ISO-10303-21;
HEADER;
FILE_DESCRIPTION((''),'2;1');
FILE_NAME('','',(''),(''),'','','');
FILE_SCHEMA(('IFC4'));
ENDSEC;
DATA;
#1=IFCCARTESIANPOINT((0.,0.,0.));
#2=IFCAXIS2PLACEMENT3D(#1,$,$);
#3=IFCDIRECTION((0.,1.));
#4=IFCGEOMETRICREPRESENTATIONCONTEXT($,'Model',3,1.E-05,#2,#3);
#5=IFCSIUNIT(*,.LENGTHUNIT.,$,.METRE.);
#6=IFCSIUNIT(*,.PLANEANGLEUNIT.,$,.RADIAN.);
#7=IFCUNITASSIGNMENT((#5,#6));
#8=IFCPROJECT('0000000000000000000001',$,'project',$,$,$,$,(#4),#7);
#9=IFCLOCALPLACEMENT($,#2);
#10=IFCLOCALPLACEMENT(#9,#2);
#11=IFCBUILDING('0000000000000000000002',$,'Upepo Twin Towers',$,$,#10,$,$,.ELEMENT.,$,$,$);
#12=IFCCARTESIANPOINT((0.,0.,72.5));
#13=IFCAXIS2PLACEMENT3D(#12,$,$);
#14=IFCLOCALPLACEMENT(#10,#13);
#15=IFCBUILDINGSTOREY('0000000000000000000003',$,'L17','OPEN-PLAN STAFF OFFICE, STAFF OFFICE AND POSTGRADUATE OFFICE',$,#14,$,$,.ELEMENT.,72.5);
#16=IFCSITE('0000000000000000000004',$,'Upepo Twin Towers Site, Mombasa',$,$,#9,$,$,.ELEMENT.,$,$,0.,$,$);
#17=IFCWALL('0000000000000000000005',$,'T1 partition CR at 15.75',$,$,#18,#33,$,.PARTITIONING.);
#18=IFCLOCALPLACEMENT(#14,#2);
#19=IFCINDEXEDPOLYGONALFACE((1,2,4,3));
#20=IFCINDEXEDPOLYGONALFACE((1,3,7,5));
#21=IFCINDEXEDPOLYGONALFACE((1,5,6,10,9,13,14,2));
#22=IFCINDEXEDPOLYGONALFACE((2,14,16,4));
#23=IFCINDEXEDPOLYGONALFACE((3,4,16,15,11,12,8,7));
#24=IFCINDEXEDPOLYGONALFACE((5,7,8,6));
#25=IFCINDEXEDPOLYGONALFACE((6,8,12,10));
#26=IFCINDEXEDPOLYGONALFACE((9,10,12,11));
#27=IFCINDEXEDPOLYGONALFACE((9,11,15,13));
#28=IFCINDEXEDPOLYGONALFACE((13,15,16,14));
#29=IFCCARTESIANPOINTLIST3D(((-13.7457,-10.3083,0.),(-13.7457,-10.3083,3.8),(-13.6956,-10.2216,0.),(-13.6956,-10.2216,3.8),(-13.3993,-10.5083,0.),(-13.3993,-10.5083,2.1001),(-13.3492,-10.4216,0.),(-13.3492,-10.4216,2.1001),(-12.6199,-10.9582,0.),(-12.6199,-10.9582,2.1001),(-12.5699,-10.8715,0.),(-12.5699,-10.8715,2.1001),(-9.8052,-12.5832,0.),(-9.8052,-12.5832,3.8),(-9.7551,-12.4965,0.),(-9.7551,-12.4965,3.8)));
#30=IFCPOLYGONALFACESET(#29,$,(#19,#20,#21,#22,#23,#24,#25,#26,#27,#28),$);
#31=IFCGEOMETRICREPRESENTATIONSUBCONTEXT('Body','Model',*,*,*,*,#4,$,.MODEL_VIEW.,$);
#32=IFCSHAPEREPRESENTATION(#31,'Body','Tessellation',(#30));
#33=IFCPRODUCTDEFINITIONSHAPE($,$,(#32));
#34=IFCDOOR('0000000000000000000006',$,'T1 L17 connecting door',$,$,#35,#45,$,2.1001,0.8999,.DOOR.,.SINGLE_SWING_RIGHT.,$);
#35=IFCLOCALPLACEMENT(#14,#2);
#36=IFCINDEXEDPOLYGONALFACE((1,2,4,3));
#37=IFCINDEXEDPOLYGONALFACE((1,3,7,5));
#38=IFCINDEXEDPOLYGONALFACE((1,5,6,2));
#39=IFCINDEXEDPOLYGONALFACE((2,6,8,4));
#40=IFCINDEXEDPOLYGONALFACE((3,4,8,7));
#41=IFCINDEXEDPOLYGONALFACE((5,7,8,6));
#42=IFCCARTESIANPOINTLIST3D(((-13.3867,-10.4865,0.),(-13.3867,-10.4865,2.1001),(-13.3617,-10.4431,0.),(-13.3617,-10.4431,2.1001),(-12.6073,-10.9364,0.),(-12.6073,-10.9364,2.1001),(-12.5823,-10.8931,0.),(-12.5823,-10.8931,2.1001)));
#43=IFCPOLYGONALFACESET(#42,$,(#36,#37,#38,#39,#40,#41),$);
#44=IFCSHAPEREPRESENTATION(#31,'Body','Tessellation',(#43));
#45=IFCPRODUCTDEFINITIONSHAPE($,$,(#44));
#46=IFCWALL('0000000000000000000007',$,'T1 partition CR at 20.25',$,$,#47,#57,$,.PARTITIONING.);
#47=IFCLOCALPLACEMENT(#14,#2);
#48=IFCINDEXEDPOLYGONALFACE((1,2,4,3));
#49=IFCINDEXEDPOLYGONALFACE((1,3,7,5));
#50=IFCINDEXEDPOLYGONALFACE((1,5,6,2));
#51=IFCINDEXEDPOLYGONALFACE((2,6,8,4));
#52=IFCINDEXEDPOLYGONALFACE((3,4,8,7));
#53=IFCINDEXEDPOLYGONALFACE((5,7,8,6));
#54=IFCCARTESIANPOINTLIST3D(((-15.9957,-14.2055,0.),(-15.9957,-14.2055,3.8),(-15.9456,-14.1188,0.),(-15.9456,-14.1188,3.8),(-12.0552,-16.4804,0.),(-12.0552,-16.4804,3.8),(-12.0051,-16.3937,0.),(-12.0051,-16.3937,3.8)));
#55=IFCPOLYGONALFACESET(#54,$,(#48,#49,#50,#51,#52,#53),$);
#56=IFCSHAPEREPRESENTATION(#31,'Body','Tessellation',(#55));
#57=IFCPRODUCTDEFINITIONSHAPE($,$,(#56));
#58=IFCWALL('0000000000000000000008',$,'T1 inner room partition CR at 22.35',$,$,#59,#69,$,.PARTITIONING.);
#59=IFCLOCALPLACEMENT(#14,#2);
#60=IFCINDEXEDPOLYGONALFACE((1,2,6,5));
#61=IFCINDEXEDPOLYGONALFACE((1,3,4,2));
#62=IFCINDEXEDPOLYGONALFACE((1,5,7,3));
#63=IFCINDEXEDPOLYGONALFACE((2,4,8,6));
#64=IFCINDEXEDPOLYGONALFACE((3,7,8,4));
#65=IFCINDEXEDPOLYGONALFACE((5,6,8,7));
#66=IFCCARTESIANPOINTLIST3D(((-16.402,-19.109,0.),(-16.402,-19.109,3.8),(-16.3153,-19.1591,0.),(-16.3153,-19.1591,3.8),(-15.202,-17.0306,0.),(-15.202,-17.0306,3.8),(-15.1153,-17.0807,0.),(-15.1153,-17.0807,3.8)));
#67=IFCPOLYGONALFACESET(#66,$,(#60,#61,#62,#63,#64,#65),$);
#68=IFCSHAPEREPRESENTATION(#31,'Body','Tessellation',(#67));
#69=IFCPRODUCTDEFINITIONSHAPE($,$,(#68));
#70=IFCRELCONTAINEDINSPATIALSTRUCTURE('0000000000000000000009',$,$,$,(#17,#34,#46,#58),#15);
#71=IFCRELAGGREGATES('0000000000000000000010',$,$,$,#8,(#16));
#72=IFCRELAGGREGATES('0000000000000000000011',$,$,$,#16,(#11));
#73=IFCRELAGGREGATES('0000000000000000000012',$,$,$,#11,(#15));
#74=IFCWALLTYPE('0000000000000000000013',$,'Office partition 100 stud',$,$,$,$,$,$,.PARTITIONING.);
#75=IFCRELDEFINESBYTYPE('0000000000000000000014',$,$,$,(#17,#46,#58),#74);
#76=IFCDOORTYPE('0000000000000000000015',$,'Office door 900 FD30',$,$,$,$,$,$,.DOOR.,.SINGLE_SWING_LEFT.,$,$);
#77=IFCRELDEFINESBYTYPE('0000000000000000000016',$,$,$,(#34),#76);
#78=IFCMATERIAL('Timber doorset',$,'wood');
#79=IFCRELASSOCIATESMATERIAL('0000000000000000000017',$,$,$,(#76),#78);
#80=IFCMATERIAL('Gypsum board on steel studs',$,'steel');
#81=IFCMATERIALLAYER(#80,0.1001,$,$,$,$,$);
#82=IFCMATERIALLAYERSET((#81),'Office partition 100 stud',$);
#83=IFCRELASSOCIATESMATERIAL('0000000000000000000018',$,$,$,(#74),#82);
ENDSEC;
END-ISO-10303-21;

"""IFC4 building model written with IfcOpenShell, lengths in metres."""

from ifc_helpers import new_model, si_unit, direction, frame, frame_2d, origin, place, context, subcontext, project, spatial, rectangle, extrude, material, layer, layer_set, type_object, element, fill, save


model = new_model("IFC4")

# Units and contexts
model_context = context("Model", 3, precision=1e-05, world=origin(), true_north=direction((0.0, 1.0)))
body_context = subcontext(model_context, "Body", "Model", "MODEL_VIEW")
ifc_project = project(units=[si_unit("LENGTHUNIT", "METRE"), si_unit("PLANEANGLEUNIT", "RADIAN")], contexts=[model_context])

# Site, building, storey
site_placement = place(None, origin())
site = spatial("IfcSite", under=ifc_project, at=site_placement, Name="Upepo Twin Towers Site, Mombasa", CompositionType="ELEMENT", RefElevation=0.0)
building_placement = place(site_placement, origin())
building = spatial("IfcBuilding", under=site, at=building_placement, Name="Upepo Twin Towers", CompositionType="ELEMENT")
storey_placement = place(building_placement, frame((0.0, 0.0, 72.5)))
storey = spatial("IfcBuildingStorey", under=building, at=storey_placement, Name="L17", Description="OPEN-PLAN STAFF OFFICE, STAFF OFFICE AND POSTGRADUATE OFFICE", CompositionType="ELEMENT", Elevation=72.5)

# Shared definitions
ifc_material_1 = material(Name="Timber doorset", Category="wood")
door_type = type_object("IfcDoorType", Name="Office door 900 FD30", OperationType="SINGLE_SWING_LEFT", PredefinedType="DOOR", material=ifc_material_1)

# Shared definitions
ifc_material_2 = material(Name="Gypsum board on steel studs", Category="steel")
ifc_layer_1 = layer(ifc_material_2, 0.1001)
ifc_layer_set_1 = layer_set([ifc_layer_1], Name="Office partition 100 stud")
wall_type_1 = type_object("IfcWallType", Name="Office partition 100 stud", PredefinedType="PARTITIONING", material=ifc_layer_set_1)

# Wall, opening, door
wall_1_placement = place(storey_placement, frame((-9.7803, -12.5398, 0.0), z_axis=(0.0, 0.0, 1.0), x_axis=(-0.866035, 0.499983, 0.0)))
wall_1 = element("IfcWall", 1, at=wall_1_placement, inside=storey, type_object=wall_type_1, Name="T1 partition CR at 15.75", PredefinedType="PARTITIONING", context=body_context, shape_type="SweptSolid", body=[
    extrude(rectangle(XDim=4.55, YDim=0.1001, at=frame_2d((2.2749, 0.0))), origin(), (0.0, 0.0, 1.0), 3.8),
])
opening_1_placement = place(wall_1_placement, frame((3.25, 0.0, 0.0)))
opening_1 = element("IfcOpeningElement", 2, at=opening_1_placement, cuts=wall_1, PredefinedType="OPENING", context=body_context, shape_type="SweptSolid", body=[
    extrude(rectangle(XDim=0.8999, YDim=2.1001, at=frame_2d((0.45, 1.05))), frame((0.0, 0.0601, 0.0), z_axis=(0.0, -1.0, 0.0), x_axis=(1.0, 0.0, 0.0)), (0.0, 0.0, 1.0), 0.1201),
])
door_1_placement = place(opening_1_placement, origin())
door_1 = element("IfcDoor", 3, at=door_1_placement, inside=storey, type_object=door_type, Name="T1 L17 connecting door", OperationType="SINGLE_SWING_RIGHT", OverallHeight=2.1001, OverallWidth=0.8999, PredefinedType="DOOR", context=body_context, shape_type="SweptSolid", body=[
    extrude(rectangle(XDim=0.8999, YDim=2.1001, at=frame_2d((0.45, 1.05))), frame((0.0, 0.0249, 0.0), z_axis=(0.0, -1.0, 0.0), x_axis=(1.0, 0.0, 0.0)), (0.0, 0.0, 1.0), 0.05),
])
fill(opening_1, door_1)

# Walls
wall_2_placement = place(storey_placement, frame((-12.0303, -16.437, 0.0), z_axis=(0.0, 0.0, 1.0), x_axis=(-0.866035, 0.499983, 0.0)))
element("IfcWall", 4, at=wall_2_placement, inside=storey, type_object=wall_type_1, Name="T1 partition CR at 20.25", PredefinedType="PARTITIONING", context=body_context, shape_type="SweptSolid", body=[
    extrude(rectangle(XDim=4.55, YDim=0.1001, at=frame_2d((2.2749, 0.0))), origin(), (0.0, 0.0, 1.0), 3.8),
])
wall_3_placement = place(storey_placement, frame((-15.1587, -17.0557, 0.0), z_axis=(0.0, 0.0, 1.0), x_axis=(-0.500001, -0.866025, 0.0)))
element("IfcWall", 5, at=wall_3_placement, inside=storey, type_object=wall_type_1, Name="T1 inner room partition CR at 22.35", PredefinedType="PARTITIONING", context=body_context, shape_type="SweptSolid", body=[
    extrude(rectangle(XDim=2.3999, YDim=0.1001, at=frame_2d((1.2, 0.0))), origin(), (0.0, 0.0, 1.0), 3.8),
])

save(model, "model.ifc")
